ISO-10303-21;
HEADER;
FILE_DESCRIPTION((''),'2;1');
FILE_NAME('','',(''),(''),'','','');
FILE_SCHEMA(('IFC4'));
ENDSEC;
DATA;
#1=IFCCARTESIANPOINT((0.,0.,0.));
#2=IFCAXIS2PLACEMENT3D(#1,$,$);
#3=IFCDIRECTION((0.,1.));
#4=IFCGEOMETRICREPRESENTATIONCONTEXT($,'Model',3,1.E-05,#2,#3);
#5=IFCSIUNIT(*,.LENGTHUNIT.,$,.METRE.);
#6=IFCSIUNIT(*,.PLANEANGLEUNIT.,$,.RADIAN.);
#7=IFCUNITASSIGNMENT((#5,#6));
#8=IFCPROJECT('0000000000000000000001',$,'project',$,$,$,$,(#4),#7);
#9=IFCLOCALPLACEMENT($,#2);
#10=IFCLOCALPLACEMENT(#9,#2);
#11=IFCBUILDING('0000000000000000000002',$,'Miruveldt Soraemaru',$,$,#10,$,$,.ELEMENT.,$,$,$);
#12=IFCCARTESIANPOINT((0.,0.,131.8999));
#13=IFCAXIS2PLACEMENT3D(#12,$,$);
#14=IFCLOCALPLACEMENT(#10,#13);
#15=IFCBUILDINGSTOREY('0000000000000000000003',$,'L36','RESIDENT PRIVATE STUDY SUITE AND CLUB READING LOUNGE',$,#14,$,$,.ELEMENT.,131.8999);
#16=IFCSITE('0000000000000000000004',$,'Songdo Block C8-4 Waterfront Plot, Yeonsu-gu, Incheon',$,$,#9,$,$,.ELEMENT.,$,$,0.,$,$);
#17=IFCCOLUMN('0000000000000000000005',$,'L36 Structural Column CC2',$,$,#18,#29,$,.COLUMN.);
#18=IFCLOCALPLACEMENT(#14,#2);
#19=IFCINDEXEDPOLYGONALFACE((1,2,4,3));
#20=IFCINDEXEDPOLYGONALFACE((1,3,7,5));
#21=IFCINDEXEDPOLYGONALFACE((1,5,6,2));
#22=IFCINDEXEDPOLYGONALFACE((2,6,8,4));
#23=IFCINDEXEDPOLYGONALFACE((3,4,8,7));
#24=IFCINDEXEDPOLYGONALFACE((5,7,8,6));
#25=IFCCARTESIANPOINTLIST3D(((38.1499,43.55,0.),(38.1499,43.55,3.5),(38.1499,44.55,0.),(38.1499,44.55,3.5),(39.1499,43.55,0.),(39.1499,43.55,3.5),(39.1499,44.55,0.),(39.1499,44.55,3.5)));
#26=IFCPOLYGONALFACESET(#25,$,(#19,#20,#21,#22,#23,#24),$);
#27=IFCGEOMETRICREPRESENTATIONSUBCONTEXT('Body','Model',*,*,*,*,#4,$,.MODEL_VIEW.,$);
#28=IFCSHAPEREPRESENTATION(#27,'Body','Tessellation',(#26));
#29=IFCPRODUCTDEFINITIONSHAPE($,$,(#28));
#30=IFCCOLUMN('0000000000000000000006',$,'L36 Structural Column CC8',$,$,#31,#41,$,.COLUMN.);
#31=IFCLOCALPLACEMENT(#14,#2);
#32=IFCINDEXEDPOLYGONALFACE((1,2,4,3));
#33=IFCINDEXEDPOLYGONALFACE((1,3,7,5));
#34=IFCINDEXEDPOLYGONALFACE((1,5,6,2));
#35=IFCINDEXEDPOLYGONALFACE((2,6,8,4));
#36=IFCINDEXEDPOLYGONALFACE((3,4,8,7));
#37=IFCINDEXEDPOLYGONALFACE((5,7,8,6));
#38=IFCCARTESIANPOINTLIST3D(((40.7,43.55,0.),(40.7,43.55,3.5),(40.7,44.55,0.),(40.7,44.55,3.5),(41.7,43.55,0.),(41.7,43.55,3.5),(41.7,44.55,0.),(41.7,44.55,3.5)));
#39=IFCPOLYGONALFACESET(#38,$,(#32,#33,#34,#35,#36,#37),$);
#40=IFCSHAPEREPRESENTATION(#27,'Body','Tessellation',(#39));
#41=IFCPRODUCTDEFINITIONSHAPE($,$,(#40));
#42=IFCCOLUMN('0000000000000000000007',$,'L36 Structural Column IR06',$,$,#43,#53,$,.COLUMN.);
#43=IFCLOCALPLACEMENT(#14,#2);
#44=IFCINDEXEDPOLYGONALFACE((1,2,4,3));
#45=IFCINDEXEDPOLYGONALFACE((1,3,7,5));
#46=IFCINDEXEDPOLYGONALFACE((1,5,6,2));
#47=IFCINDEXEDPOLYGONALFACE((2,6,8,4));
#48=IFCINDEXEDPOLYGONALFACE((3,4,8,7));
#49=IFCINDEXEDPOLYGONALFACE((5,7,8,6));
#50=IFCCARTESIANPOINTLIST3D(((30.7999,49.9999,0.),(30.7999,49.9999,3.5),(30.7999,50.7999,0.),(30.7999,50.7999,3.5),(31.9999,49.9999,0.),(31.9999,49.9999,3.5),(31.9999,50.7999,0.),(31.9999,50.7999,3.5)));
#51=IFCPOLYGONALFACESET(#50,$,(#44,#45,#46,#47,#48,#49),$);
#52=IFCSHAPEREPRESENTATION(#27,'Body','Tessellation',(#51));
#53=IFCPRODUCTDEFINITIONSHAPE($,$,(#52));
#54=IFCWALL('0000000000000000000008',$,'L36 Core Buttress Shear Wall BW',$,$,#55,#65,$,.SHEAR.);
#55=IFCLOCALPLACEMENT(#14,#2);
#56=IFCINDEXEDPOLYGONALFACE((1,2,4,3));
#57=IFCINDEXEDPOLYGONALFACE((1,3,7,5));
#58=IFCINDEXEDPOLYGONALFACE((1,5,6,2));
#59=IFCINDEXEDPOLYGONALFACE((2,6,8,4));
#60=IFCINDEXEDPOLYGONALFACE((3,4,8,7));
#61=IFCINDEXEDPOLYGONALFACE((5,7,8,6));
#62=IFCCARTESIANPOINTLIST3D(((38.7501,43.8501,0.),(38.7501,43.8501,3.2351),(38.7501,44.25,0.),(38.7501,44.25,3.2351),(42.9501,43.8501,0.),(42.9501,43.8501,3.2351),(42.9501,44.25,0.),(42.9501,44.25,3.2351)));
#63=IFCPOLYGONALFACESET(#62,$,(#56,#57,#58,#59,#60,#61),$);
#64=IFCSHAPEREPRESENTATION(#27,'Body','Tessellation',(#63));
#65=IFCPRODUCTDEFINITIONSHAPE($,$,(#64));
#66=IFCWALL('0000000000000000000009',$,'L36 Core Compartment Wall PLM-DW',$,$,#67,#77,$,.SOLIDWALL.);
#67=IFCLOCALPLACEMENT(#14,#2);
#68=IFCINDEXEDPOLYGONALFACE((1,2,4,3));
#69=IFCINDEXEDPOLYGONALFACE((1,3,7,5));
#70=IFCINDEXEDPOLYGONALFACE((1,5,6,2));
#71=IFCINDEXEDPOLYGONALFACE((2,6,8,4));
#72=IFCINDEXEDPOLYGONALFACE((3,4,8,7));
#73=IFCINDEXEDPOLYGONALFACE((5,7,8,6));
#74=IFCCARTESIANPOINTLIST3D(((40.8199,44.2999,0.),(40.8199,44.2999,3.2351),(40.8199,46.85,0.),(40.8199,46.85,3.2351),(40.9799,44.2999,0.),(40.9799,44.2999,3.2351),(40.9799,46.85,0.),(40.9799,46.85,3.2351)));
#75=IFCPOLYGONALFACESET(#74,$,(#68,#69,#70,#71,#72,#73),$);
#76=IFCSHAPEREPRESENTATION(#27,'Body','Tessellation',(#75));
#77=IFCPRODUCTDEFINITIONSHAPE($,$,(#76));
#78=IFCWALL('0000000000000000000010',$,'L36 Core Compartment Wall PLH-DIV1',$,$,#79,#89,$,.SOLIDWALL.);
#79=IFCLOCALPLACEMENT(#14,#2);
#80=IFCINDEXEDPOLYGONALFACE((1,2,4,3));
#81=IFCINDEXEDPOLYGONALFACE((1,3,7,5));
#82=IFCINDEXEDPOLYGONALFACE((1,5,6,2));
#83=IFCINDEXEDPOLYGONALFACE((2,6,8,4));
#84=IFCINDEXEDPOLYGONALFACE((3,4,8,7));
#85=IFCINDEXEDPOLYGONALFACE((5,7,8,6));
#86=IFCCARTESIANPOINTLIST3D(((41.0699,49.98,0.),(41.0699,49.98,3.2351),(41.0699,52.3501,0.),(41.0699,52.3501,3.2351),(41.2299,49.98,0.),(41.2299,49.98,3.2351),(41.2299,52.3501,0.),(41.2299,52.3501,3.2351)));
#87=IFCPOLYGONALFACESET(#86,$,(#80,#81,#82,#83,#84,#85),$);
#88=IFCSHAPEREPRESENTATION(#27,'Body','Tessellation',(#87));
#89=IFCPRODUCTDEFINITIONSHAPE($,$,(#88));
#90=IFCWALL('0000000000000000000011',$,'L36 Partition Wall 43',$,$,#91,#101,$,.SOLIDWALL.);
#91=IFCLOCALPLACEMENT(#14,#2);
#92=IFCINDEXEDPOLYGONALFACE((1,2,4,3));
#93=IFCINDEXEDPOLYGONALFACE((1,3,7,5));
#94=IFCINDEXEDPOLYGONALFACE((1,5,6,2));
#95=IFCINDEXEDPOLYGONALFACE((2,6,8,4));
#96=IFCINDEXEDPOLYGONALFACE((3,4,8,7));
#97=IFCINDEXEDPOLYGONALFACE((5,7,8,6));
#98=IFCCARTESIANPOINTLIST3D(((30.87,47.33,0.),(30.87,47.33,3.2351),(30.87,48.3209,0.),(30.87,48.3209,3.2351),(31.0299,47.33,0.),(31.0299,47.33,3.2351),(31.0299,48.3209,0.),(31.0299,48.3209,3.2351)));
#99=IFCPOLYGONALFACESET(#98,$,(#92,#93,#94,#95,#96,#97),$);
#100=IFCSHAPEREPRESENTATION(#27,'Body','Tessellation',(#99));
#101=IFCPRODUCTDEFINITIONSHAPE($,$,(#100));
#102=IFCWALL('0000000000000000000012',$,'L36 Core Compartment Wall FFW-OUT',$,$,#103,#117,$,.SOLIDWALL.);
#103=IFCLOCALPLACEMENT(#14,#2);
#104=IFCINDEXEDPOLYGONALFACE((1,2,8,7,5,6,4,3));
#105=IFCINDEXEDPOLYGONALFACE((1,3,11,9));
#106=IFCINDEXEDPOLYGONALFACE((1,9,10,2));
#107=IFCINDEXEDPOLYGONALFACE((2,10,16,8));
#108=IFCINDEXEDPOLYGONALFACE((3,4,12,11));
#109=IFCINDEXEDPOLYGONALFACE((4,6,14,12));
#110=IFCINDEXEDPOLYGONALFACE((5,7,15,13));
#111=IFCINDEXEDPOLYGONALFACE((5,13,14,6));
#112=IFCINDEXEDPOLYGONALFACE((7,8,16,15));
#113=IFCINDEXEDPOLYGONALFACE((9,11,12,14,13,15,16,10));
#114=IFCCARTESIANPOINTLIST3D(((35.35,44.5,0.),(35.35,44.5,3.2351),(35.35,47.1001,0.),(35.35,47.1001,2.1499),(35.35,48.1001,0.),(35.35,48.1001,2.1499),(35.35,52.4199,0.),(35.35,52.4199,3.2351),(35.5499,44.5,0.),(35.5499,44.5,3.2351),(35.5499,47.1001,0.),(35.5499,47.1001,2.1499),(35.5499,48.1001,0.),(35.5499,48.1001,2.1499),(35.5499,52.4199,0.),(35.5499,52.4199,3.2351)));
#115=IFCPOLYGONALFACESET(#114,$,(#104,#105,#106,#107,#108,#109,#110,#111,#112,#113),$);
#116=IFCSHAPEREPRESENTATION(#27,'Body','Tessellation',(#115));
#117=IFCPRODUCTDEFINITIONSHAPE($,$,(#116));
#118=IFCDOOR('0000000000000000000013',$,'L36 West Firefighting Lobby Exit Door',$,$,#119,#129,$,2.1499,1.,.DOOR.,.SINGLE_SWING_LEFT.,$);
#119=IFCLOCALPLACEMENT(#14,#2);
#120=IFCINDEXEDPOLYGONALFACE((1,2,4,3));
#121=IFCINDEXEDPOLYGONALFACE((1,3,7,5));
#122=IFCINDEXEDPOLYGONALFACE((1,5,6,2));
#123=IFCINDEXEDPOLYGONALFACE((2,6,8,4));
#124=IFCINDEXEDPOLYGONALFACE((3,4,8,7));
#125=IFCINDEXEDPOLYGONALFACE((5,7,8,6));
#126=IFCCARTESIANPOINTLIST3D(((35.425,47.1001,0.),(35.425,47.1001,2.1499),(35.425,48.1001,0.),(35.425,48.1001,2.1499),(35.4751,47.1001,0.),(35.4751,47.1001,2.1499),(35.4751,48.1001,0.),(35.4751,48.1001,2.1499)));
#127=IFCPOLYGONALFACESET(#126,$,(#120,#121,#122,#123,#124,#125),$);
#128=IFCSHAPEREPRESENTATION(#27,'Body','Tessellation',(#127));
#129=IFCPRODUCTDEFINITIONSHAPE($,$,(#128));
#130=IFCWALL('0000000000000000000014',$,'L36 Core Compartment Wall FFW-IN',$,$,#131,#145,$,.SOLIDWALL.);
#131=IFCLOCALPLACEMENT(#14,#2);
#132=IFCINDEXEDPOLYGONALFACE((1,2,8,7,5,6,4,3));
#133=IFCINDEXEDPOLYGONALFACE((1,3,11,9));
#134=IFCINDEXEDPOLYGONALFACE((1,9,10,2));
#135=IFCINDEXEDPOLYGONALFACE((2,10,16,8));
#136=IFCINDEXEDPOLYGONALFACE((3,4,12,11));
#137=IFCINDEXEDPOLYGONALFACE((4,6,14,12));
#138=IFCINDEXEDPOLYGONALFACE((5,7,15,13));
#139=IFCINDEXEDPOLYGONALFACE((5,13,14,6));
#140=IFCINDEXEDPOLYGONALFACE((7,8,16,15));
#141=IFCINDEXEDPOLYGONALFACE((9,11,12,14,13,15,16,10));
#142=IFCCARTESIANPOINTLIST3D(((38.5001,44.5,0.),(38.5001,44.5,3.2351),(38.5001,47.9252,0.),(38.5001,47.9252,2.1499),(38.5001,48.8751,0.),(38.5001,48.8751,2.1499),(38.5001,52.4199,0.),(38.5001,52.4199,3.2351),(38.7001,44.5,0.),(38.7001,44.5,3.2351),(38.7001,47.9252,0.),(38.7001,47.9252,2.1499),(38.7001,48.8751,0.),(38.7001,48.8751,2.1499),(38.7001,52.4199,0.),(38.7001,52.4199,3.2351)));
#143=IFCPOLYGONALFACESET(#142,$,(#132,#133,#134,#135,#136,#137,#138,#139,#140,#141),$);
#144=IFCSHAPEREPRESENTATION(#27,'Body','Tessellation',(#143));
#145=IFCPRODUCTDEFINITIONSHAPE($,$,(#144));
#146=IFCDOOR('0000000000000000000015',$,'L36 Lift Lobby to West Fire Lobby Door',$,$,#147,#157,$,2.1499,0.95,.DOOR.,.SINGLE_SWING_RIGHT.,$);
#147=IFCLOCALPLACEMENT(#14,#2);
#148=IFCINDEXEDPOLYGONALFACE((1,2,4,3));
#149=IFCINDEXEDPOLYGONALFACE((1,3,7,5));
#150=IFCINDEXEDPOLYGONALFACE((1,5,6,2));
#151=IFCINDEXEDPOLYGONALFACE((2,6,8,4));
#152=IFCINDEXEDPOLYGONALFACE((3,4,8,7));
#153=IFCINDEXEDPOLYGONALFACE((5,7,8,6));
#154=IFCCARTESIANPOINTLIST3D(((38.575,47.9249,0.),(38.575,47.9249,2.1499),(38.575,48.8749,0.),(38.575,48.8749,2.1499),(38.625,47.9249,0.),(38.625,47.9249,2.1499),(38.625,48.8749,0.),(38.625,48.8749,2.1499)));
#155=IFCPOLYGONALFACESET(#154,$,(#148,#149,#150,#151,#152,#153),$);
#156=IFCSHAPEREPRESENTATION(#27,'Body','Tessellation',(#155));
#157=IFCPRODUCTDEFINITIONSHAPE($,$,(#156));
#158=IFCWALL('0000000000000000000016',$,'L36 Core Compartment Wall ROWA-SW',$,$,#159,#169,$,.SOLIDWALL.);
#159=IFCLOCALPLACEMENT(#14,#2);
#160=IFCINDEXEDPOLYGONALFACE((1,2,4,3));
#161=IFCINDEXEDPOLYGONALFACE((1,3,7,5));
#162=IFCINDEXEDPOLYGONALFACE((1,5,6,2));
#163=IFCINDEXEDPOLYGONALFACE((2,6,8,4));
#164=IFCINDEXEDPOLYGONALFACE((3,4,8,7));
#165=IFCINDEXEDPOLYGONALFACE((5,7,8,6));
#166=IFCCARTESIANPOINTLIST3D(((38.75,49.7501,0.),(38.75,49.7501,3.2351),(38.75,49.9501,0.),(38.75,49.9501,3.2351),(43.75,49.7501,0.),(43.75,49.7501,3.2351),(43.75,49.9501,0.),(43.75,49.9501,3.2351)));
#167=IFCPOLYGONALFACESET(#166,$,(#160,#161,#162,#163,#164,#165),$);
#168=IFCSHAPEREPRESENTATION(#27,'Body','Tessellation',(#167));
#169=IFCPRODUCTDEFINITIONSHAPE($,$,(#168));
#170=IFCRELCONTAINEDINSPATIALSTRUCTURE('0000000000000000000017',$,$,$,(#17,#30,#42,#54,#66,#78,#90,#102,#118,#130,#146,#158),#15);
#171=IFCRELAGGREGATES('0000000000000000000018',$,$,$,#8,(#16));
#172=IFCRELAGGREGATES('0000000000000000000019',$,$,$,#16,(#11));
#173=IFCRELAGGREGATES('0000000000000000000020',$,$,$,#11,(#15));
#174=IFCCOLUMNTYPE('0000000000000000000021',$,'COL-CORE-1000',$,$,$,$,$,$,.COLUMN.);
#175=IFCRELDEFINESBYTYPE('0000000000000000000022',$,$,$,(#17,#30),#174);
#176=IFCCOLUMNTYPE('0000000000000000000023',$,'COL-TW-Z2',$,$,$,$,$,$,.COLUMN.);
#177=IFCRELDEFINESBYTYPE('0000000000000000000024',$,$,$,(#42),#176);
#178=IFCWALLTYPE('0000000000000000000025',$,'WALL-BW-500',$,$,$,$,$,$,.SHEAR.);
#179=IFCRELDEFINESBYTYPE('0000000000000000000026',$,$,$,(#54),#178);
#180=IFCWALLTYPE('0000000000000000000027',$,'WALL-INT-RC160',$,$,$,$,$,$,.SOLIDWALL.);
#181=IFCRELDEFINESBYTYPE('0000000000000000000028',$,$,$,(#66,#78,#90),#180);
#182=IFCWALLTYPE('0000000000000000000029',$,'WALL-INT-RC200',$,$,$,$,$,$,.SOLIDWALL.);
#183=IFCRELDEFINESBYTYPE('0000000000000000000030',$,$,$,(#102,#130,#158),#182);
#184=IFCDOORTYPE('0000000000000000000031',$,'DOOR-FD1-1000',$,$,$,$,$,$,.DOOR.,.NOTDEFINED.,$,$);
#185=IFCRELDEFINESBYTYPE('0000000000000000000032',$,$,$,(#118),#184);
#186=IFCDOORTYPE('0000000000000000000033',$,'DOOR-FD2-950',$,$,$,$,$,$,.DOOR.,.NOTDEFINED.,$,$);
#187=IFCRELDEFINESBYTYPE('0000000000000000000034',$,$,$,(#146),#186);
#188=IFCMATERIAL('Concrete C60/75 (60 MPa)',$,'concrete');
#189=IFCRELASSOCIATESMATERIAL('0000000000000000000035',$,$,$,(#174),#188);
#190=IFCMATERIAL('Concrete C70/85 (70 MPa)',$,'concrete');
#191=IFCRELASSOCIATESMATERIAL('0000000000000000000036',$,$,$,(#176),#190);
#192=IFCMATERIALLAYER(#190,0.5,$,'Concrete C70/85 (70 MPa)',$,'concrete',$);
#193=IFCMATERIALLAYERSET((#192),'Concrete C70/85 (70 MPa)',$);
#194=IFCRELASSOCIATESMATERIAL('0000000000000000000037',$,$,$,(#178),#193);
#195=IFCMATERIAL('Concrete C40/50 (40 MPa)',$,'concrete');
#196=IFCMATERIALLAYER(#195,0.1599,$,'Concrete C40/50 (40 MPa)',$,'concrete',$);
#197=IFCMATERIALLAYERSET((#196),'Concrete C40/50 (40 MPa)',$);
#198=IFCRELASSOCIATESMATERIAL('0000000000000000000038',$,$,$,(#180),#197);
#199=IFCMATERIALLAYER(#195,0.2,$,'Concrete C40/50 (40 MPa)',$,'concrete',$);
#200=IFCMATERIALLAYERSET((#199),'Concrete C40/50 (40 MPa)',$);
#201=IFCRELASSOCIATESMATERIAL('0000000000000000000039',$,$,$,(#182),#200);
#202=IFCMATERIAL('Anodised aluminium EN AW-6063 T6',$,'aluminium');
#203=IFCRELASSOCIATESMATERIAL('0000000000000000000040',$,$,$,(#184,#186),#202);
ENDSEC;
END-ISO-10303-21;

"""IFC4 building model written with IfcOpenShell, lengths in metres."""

from ifc_helpers import new_model, si_unit, direction, frame, frame_2d, origin, origin_2d, place, context, subcontext, project, spatial, rectangle, extrude, material, layer, layer_set, material_profile, profile_set, type_object, element, fill, save


model = new_model("IFC4")

# Units and contexts
model_context = context("Model", 3, precision=1e-05, world=origin(), true_north=direction((0.0, 1.0)))
body_context = subcontext(model_context, "Body", "Model", "MODEL_VIEW")
ifc_project = project(units=[si_unit("LENGTHUNIT", "METRE"), si_unit("PLANEANGLEUNIT", "RADIAN")], contexts=[model_context])

# Site, building, storey
site_placement = place(None, origin())
site = spatial("IfcSite", under=ifc_project, at=site_placement, Name="Songdo Block C8-4 Waterfront Plot, Yeonsu-gu, Incheon", CompositionType="ELEMENT", RefElevation=0.0)
building_placement = place(site_placement, origin())
building = spatial("IfcBuilding", under=site, at=building_placement, Name="Miruveldt Soraemaru", CompositionType="ELEMENT")
storey_placement = place(building_placement, frame((0.0, 0.0, 131.8999)))
storey = spatial("IfcBuildingStorey", under=building, at=storey_placement, Name="L36", Description="RESIDENT PRIVATE STUDY SUITE AND CLUB READING LOUNGE", CompositionType="ELEMENT", Elevation=131.8999)

# Columns
ifc_material_1 = material(Name="Concrete C60/75 (60 MPa)", Category="concrete")
ifc_material_profile_1 = material_profile(ifc_material_1, rectangle(XDim=1.0, YDim=1.0, at=origin_2d()), Name="Concrete C60/75 (60 MPa)", Category="concrete")
ifc_profile_set_1 = profile_set([ifc_material_profile_1], Name="Concrete C60/75 (60 MPa)")
column_type_1 = type_object("IfcColumnType", Name="COL-CORE-1000", PredefinedType="COLUMN", material=ifc_profile_set_1)
for number, where, z_axis, x_axis, name in (
    (1, (38.6499, 44.05, 0.0), (0.0, 0.0, 1.0), (1.0, 0.0, 0.0), "L36 Structural Column CC2"),
    (2, (41.2, 44.05, 0.0), (0.0, 0.0, 1.0), (1.0, 0.0, 0.0), "L36 Structural Column CC8"),
):
    element("IfcColumn", number, at=place(storey_placement, frame(where, z_axis=z_axis, x_axis=x_axis)), inside=storey, type_object=column_type_1, Name=name, PredefinedType="COLUMN", context=body_context, shape_type="SweptSolid", body=[
        extrude(rectangle(XDim=1.0, YDim=1.0, at=origin_2d()), origin(), (0.0, 0.0, 1.0), 3.5),
    ])
ifc_material_2 = material(Name="Concrete C70/85 (70 MPa)", Category="concrete")
ifc_material_profile_2 = material_profile(ifc_material_2, rectangle(XDim=1.2, YDim=0.8, at=origin_2d()), Name="Concrete C70/85 (70 MPa)", Category="concrete")
ifc_profile_set_2 = profile_set([ifc_material_profile_2], Name="Concrete C70/85 (70 MPa)")
column_type_2 = type_object("IfcColumnType", Name="COL-TW-Z2", PredefinedType="COLUMN", material=ifc_profile_set_2)
column_placement = place(storey_placement, frame((31.3999, 50.3999, 0.0), z_axis=(0.0, 0.0, 1.0), x_axis=(1.0, 0.0, 0.0)))
element("IfcColumn", 3, at=column_placement, inside=storey, type_object=column_type_2, Name="L36 Structural Column IR06", PredefinedType="COLUMN", context=body_context, shape_type="SweptSolid", body=[
    extrude(rectangle(XDim=1.2, YDim=0.8, at=origin_2d()), origin(), (0.0, 0.0, 1.0), 3.5),
])

# Walls
ifc_layer_1 = layer(ifc_material_2, 0.5, Name="Concrete C70/85 (70 MPa)", Category="concrete")
ifc_layer_set_1 = layer_set([ifc_layer_1], Name="Concrete C70/85 (70 MPa)")
wall_type_1 = type_object("IfcWallType", Name="WALL-BW-500", PredefinedType="SHEAR", material=ifc_layer_set_1)
wall_1_placement = place(storey_placement, frame((38.75, 44.05, 0.0), z_axis=(0.0, 0.0, 1.0), x_axis=(1.0, 0.0, 0.0)))
element("IfcWall", 4, at=wall_1_placement, inside=storey, type_object=wall_type_1, Name="L36 Core Buttress Shear Wall BW", PredefinedType="SHEAR", context=body_context, shape_type="SweptSolid", body=[
    extrude(rectangle(XDim=4.2, YDim=0.3999, at=frame_2d((2.1001, 0.0))), origin(), (0.0, 0.0, 1.0), 3.2351),
])
ifc_material_3 = material(Name="Concrete C40/50 (40 MPa)", Category="concrete")
ifc_layer_2 = layer(ifc_material_3, 0.1599, Name="Concrete C40/50 (40 MPa)", Category="concrete")
ifc_layer_set_2 = layer_set([ifc_layer_2], Name="Concrete C40/50 (40 MPa)")
wall_type_2 = type_object("IfcWallType", Name="WALL-INT-RC160", PredefinedType="SOLIDWALL", material=ifc_layer_set_2)
wall_2_placement = place(storey_placement, frame((40.8999, 44.3, 0.0), z_axis=(0.0, 0.0, 1.0), x_axis=(0.0, 1.0, 0.0)))
element("IfcWall", 5, at=wall_2_placement, inside=storey, type_object=wall_type_2, Name="L36 Core Compartment Wall PLM-DW", PredefinedType="SOLIDWALL", context=body_context, shape_type="SweptSolid", body=[
    extrude(rectangle(XDim=2.55, YDim=0.1599, at=frame_2d((1.2749, 0.0))), origin(), (0.0, 0.0, 1.0), 3.2351),
])
wall_3_placement = place(storey_placement, frame((41.1499, 49.98, 0.0), z_axis=(0.0, 0.0, 1.0), x_axis=(0.0, 1.0, 0.0)))
element("IfcWall", 6, at=wall_3_placement, inside=storey, type_object=wall_type_2, Name="L36 Core Compartment Wall PLH-DIV1", PredefinedType="SOLIDWALL", context=body_context, shape_type="SweptSolid", body=[
    extrude(rectangle(XDim=2.3701, YDim=0.1599, at=frame_2d((1.1851, 0.0))), origin(), (0.0, 0.0, 1.0), 3.2351),
])
wall_4_placement = place(storey_placement, frame((30.95, 48.321, 0.0), z_axis=(0.0, 0.0, 1.0), x_axis=(0.0, -1.0, 0.0)))
element("IfcWall", 7, at=wall_4_placement, inside=storey, type_object=wall_type_2, Name="L36 Partition Wall 43", PredefinedType="SOLIDWALL", context=body_context, shape_type="SweptSolid", body=[
    extrude(rectangle(XDim=0.991, YDim=0.1599, at=frame_2d((0.4956, 0.0))), origin(), (0.0, 0.0, 1.0), 3.2351),
])

# Walls, openings, doors
ifc_layer_3 = layer(ifc_material_3, 0.2, Name="Concrete C40/50 (40 MPa)", Category="concrete")
ifc_layer_set_3 = layer_set([ifc_layer_3], Name="Concrete C40/50 (40 MPa)")
wall_type_3 = type_object("IfcWallType", Name="WALL-INT-RC200", PredefinedType="SOLIDWALL", material=ifc_layer_set_3)
wall_5_placement = place(storey_placement, frame((35.45, 44.5, 0.0), z_axis=(0.0, 0.0, 1.0), x_axis=(0.0, 1.0, 0.0)))
wall_5 = element("IfcWall", 8, at=wall_5_placement, inside=storey, type_object=wall_type_3, Name="L36 Core Compartment Wall FFW-OUT", PredefinedType="SOLIDWALL", context=body_context, shape_type="SweptSolid", body=[
    extrude(rectangle(XDim=7.9199, YDim=0.2, at=frame_2d((3.96, 0.0))), origin(), (0.0, 0.0, 1.0), 3.2351),
])
opening_1_placement = place(wall_5_placement, frame((2.6001, 0.0, 0.0)))
opening_1 = element("IfcOpeningElement", 9, at=opening_1_placement, cuts=wall_5, PredefinedType="OPENING", context=body_context, shape_type="SweptSolid", body=[
    extrude(rectangle(XDim=1.0, YDim=2.1499, at=frame_2d((0.5, 1.075))), frame((0.0, 0.1099, 0.0), z_axis=(0.0, -1.0, 0.0), x_axis=(1.0, 0.0, 0.0)), (0.0, 0.0, 1.0), 0.22),
])
ifc_material_4 = material(Name="Anodised aluminium EN AW-6063 T6", Category="aluminium")
door_type_1 = type_object("IfcDoorType", Name="DOOR-FD1-1000", OperationType="NOTDEFINED", PredefinedType="DOOR", material=ifc_material_4)
door_1_placement = place(opening_1_placement, origin())
door_1 = element("IfcDoor", 10, at=door_1_placement, inside=storey, type_object=door_type_1, Name="L36 West Firefighting Lobby Exit Door", OperationType="SINGLE_SWING_LEFT", OverallHeight=2.1499, OverallWidth=1.0, PredefinedType="DOOR", context=body_context, shape_type="SweptSolid", body=[
    extrude(rectangle(XDim=1.0, YDim=2.1499, at=frame_2d((0.5, 1.075))), frame((0.0, 0.0249, 0.0), z_axis=(0.0, -1.0, 0.0), x_axis=(1.0, 0.0, 0.0)), (0.0, 0.0, 1.0), 0.05),
])
fill(opening_1, door_1)
wall_6_placement = place(storey_placement, frame((38.6001, 44.5, 0.0), z_axis=(0.0, 0.0, 1.0), x_axis=(0.0, 1.0, 0.0)))
wall_6 = element("IfcWall", 11, at=wall_6_placement, inside=storey, type_object=wall_type_3, Name="L36 Core Compartment Wall FFW-IN", PredefinedType="SOLIDWALL", context=body_context, shape_type="SweptSolid", body=[
    extrude(rectangle(XDim=7.9199, YDim=0.2, at=frame_2d((3.96, 0.0))), origin(), (0.0, 0.0, 1.0), 3.2351),
])
opening_2_placement = place(wall_6_placement, frame((3.425, 0.0, 0.0)))
opening_2 = element("IfcOpeningElement", 12, at=opening_2_placement, cuts=wall_6, PredefinedType="OPENING", context=body_context, shape_type="SweptSolid", body=[
    extrude(rectangle(XDim=0.95, YDim=2.1499, at=frame_2d((0.4751, 1.075))), frame((0.0, 0.1099, 0.0), z_axis=(0.0, -1.0, 0.0), x_axis=(1.0, 0.0, 0.0)), (0.0, 0.0, 1.0), 0.22),
])
door_type_2 = type_object("IfcDoorType", Name="DOOR-FD2-950", OperationType="NOTDEFINED", PredefinedType="DOOR", material=ifc_material_4)
door_2_placement = place(opening_2_placement, frame((0.95, 0.0, 0.0), z_axis=(0.0, 0.0, 1.0), x_axis=(-1.0, 0.0, 0.0)))
door_2 = element("IfcDoor", 13, at=door_2_placement, inside=storey, type_object=door_type_2, Name="L36 Lift Lobby to West Fire Lobby Door", OperationType="SINGLE_SWING_RIGHT", OverallHeight=2.1499, OverallWidth=0.95, PredefinedType="DOOR", context=body_context, shape_type="SweptSolid", body=[
    extrude(rectangle(XDim=0.95, YDim=2.1499, at=frame_2d((0.4751, 1.075))), frame((0.0, 0.0249, 0.0), z_axis=(0.0, -1.0, 0.0), x_axis=(1.0, 0.0, 0.0)), (0.0, 0.0, 1.0), 0.05),
])
fill(opening_2, door_2)

# Wall
wall_7_placement = place(storey_placement, frame((38.75, 49.8501, 0.0), z_axis=(0.0, 0.0, 1.0), x_axis=(1.0, 0.0, 0.0)))
element("IfcWall", 14, at=wall_7_placement, inside=storey, type_object=wall_type_3, Name="L36 Core Compartment Wall ROWA-SW", PredefinedType="SOLIDWALL", context=body_context, shape_type="SweptSolid", body=[
    extrude(rectangle(XDim=5.0, YDim=0.2, at=frame_2d((2.5, 0.0))), origin(), (0.0, 0.0, 1.0), 3.2351),
])

save(model, "model.ifc")
